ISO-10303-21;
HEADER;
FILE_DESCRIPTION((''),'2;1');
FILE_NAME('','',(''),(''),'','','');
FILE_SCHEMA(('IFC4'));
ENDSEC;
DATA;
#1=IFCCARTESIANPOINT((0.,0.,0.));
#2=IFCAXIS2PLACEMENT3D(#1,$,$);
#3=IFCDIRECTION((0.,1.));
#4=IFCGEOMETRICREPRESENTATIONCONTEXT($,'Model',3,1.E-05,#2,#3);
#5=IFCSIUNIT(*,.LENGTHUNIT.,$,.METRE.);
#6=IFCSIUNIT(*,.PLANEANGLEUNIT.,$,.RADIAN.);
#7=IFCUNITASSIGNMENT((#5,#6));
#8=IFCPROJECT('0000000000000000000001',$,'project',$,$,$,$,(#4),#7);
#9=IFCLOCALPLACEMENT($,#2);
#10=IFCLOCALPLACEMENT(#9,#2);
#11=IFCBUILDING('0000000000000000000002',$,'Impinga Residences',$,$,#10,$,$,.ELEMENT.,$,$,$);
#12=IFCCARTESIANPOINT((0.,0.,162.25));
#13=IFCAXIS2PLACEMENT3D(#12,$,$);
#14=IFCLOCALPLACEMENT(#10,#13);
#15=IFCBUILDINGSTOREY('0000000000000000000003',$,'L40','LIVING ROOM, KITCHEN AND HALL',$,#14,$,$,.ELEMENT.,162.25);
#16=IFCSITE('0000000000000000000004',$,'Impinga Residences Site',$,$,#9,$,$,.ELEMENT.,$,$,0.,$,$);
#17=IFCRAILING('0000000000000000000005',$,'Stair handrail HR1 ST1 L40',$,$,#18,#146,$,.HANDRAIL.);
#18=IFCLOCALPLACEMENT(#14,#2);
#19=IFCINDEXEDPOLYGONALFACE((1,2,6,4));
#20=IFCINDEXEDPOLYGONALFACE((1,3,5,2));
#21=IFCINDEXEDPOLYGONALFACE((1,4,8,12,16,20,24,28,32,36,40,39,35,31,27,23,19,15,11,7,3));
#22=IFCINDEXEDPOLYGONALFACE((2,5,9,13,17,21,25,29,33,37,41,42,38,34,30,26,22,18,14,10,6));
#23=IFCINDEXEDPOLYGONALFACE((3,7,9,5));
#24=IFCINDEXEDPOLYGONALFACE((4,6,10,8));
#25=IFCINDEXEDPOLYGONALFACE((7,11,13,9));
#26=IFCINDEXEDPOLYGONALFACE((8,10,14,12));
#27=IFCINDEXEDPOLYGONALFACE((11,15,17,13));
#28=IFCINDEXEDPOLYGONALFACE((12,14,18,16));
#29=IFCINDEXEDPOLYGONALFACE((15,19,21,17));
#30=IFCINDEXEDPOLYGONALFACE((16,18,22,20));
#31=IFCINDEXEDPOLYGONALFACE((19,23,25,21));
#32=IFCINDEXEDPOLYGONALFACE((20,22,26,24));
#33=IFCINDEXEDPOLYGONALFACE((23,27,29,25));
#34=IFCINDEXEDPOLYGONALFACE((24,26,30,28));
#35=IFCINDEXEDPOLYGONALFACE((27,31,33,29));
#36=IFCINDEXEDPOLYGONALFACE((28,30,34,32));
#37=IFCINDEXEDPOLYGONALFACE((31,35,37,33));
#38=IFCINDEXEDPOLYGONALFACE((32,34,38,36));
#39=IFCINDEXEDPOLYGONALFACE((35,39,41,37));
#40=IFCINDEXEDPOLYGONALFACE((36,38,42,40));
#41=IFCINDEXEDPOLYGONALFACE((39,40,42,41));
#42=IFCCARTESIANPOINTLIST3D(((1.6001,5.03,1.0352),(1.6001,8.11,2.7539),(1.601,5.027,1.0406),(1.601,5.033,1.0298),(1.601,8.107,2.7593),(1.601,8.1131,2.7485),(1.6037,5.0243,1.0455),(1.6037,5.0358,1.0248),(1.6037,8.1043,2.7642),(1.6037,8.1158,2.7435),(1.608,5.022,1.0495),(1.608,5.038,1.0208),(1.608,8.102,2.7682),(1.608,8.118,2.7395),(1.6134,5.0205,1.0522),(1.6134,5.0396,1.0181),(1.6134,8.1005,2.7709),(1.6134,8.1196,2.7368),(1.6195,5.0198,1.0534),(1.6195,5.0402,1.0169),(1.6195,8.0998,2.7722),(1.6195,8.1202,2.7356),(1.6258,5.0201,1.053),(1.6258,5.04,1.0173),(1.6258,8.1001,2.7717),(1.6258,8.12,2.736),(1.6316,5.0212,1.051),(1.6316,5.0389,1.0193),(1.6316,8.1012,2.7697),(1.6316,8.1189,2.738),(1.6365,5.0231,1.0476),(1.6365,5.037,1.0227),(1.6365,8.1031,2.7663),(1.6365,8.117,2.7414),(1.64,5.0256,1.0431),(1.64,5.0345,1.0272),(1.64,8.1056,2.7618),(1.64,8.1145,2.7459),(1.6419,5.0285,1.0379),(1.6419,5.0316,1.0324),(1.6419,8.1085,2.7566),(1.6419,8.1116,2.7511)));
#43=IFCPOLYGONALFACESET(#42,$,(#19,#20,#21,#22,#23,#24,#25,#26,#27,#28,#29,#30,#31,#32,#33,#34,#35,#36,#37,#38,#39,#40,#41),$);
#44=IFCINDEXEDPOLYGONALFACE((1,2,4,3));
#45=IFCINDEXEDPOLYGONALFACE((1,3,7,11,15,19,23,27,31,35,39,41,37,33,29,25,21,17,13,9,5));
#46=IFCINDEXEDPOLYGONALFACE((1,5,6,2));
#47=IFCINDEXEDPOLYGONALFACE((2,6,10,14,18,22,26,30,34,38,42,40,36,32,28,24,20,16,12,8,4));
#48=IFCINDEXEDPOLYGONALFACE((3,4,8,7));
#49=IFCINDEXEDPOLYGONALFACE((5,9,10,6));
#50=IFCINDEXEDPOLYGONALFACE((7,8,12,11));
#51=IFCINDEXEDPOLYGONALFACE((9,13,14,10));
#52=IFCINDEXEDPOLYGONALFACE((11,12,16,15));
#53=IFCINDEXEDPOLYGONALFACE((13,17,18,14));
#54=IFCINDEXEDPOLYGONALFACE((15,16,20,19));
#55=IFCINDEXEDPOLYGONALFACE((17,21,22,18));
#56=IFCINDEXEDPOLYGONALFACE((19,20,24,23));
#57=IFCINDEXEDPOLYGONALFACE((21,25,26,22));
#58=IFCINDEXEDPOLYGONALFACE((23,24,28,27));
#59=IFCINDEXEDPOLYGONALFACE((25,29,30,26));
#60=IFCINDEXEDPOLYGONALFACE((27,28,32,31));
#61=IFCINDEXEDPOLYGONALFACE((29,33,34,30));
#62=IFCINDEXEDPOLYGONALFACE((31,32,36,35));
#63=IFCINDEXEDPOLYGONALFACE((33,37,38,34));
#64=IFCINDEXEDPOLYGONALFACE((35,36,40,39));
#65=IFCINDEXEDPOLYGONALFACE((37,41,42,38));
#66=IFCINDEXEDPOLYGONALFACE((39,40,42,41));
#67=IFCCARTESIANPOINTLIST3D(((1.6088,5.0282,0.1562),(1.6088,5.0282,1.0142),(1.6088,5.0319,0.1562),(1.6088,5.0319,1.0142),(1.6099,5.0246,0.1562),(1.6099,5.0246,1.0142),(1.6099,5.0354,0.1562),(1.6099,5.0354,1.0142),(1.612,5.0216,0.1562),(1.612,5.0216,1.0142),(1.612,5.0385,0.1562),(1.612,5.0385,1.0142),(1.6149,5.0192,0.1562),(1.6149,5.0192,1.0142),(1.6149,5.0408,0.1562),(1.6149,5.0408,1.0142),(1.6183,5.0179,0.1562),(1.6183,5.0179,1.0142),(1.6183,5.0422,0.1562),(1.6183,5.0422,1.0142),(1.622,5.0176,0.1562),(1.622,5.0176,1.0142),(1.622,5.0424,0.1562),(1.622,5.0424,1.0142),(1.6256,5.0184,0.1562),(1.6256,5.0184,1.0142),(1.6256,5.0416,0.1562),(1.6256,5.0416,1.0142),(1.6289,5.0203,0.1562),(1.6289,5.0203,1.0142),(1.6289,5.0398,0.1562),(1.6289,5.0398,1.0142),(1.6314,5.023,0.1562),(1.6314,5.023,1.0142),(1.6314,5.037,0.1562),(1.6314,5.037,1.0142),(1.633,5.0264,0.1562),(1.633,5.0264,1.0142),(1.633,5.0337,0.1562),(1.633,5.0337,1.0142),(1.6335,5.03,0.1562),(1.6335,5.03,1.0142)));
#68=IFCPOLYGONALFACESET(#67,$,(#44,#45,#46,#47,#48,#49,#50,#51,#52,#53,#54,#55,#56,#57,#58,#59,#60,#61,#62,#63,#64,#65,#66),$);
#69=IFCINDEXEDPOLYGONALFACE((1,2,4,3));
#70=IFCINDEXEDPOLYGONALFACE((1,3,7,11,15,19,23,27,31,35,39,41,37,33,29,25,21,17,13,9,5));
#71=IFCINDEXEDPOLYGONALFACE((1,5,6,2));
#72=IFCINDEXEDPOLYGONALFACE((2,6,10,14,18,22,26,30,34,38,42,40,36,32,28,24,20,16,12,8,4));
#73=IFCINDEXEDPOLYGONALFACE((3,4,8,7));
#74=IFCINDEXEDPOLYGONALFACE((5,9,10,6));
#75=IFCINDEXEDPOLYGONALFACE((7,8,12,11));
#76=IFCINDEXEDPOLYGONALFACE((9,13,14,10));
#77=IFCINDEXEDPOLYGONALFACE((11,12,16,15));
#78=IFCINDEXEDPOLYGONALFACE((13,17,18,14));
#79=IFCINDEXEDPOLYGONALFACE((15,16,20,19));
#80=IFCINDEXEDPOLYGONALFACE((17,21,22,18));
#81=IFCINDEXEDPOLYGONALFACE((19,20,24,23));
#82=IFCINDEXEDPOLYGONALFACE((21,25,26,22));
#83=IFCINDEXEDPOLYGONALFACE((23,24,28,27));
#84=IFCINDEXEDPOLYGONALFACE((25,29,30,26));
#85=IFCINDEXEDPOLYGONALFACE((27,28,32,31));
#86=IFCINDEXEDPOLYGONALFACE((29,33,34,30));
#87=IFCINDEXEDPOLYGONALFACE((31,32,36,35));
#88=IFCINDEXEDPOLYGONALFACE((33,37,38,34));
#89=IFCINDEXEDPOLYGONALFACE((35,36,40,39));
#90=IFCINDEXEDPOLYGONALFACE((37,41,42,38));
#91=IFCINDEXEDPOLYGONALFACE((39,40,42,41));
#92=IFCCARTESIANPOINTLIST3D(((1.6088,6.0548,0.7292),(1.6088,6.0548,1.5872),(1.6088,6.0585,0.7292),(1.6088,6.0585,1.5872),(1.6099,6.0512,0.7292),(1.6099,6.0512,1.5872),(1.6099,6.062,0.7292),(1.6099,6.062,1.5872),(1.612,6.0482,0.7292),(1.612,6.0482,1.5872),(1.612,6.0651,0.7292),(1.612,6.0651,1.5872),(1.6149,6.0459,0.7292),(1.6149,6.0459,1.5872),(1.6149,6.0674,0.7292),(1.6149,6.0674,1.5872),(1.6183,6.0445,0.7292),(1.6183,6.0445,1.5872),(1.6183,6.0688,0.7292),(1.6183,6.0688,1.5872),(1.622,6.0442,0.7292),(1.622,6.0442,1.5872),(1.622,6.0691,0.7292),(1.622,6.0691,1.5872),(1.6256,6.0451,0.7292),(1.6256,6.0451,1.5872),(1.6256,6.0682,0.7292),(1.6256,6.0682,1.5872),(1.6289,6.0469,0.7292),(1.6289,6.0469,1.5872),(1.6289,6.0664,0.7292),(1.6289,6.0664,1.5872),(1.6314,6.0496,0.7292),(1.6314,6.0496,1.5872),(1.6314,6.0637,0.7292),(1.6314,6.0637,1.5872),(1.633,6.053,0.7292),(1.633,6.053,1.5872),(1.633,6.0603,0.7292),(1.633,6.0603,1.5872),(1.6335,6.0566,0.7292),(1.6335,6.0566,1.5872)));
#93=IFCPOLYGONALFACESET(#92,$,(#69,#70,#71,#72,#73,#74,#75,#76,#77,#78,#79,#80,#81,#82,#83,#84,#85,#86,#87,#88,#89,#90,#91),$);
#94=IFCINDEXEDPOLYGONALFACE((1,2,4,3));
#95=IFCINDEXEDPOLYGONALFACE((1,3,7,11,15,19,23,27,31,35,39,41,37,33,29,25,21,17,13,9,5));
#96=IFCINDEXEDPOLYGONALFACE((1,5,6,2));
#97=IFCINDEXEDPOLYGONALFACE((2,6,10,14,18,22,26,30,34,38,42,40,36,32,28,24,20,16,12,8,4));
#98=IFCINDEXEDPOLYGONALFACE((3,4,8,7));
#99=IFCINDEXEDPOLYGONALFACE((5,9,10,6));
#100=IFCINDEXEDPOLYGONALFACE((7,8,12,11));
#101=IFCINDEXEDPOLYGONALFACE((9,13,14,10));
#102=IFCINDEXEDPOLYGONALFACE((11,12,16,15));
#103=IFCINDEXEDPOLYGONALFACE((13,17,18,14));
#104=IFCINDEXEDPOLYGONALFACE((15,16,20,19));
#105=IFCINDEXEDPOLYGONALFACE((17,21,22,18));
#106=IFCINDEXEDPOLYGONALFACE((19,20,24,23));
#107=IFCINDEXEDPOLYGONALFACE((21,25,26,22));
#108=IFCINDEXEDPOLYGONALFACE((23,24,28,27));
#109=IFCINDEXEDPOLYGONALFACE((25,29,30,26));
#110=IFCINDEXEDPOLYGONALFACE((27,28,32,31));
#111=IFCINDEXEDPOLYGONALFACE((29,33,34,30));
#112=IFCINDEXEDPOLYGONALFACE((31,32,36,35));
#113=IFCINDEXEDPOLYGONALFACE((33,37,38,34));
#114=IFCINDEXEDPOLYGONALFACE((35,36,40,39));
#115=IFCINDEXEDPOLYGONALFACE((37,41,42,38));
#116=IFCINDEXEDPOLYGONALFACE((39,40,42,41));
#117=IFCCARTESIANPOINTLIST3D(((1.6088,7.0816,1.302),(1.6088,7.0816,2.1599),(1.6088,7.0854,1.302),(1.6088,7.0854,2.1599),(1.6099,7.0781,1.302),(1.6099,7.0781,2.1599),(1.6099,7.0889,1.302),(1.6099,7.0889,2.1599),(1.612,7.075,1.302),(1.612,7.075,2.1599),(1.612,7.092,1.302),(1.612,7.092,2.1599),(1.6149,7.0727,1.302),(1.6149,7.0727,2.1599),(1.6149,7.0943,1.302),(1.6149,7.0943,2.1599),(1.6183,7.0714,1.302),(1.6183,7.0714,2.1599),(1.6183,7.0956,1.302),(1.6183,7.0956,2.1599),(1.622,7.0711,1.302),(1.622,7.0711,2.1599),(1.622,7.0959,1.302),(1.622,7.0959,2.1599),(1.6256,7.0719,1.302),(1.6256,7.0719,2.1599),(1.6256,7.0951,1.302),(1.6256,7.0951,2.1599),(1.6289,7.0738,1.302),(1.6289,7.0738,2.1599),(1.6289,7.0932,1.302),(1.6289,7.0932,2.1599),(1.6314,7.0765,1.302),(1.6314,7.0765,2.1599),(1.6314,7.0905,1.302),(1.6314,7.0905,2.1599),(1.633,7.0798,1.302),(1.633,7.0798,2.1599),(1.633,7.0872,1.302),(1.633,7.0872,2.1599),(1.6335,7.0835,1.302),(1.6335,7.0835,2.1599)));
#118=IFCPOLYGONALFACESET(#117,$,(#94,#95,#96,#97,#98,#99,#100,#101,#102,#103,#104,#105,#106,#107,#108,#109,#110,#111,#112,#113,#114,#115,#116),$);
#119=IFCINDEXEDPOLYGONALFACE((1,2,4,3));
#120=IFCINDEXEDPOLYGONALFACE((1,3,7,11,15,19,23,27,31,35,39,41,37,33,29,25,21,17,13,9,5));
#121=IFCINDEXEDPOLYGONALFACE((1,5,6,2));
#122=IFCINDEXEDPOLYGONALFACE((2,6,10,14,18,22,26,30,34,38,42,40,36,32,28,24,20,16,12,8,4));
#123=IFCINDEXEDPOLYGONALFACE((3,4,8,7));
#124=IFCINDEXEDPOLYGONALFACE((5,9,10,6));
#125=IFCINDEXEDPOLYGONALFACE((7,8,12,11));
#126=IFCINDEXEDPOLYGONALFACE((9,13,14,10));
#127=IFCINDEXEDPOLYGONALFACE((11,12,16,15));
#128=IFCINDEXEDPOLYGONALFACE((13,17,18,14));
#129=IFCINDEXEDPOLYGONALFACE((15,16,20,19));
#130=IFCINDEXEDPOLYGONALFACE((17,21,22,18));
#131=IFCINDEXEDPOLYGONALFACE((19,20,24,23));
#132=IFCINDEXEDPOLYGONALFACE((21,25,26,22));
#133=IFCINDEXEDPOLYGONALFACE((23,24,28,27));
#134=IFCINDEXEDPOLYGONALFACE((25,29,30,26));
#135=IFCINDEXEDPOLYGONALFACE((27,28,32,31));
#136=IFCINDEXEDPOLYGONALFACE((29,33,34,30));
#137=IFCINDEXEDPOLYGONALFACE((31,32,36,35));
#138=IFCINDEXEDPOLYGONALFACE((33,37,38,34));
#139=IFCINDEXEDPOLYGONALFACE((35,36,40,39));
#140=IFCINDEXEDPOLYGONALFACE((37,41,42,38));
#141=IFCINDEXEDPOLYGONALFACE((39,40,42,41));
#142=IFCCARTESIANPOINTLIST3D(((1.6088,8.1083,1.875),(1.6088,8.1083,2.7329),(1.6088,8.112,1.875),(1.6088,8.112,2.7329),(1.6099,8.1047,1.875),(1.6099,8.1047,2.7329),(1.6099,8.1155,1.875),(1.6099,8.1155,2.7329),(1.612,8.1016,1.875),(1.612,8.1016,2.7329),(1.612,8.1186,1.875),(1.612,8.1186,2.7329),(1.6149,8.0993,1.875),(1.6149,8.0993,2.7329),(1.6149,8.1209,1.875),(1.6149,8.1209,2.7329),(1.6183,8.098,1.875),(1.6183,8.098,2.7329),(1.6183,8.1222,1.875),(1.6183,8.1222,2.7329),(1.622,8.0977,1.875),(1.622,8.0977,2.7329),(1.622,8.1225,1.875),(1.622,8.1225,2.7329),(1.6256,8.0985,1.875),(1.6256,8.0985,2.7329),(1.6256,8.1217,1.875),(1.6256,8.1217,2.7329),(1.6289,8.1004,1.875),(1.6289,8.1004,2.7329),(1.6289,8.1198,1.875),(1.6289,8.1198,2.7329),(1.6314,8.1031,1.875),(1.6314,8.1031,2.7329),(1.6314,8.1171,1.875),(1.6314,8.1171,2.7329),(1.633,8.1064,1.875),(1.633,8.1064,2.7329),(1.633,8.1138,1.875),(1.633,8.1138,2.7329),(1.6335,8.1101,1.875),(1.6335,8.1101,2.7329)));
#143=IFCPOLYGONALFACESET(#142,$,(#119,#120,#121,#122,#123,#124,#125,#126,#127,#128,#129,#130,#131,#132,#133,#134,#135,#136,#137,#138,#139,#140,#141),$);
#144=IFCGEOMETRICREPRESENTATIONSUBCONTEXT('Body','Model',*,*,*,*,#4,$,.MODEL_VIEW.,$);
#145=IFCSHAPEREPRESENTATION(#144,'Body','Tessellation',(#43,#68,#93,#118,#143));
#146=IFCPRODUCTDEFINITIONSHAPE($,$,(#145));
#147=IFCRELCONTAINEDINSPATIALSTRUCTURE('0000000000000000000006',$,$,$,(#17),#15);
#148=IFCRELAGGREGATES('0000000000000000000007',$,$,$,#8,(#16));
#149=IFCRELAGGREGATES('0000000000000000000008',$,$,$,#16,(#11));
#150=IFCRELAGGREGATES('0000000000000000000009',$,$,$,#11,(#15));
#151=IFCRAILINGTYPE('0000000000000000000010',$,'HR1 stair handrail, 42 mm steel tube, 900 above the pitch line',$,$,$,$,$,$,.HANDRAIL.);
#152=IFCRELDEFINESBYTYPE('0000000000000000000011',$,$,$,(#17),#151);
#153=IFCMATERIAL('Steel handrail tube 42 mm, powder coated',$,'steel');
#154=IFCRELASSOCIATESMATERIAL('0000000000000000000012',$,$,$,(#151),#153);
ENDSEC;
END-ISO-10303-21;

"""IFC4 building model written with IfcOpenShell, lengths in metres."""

from ifc_helpers import new_model, si_unit, direction, frame, origin, origin_2d, place, context, subcontext, project, spatial, circle, extrude, material, type_object, element, save


model = new_model("IFC4")

# Units and contexts
model_context = context("Model", 3, precision=1e-05, world=origin(), true_north=direction((0.0, 1.0)))
body_context = subcontext(model_context, "Body", "Model", "MODEL_VIEW")
ifc_project = project(units=[si_unit("LENGTHUNIT", "METRE"), si_unit("PLANEANGLEUNIT", "RADIAN")], contexts=[model_context])

# Site, building, storey
site_placement = place(None, origin())
site = spatial("IfcSite", under=ifc_project, at=site_placement, Name="Impinga Residences Site", CompositionType="ELEMENT", RefElevation=0.0)
building_placement = place(site_placement, origin())
building = spatial("IfcBuilding", under=site, at=building_placement, Name="Impinga Residences", CompositionType="ELEMENT")
storey_placement = place(building_placement, frame((0.0, 0.0, 162.25)))
storey = spatial("IfcBuildingStorey", under=building, at=storey_placement, Name="L40", Description="LIVING ROOM, KITCHEN AND HALL", CompositionType="ELEMENT", Elevation=162.25)

# Railing
ifc_material_1 = material(Name="Steel handrail tube 42 mm, powder coated", Category="steel")
railing_type_1 = type_object("IfcRailingType", Name="HR1 stair handrail, 42 mm steel tube, 900 above the pitch line", PredefinedType="HANDRAIL", material=ifc_material_1)
railing_1_placement = place(storey_placement, frame((1.6211, 5.03, 0.1562)))
element("IfcRailing", 1, at=railing_1_placement, inside=storey, type_object=railing_type_1, Name="Stair handrail HR1 ST1 L40", PredefinedType="HANDRAIL", context=body_context, shape_type="SweptSolid", body=[
    extrude(circle(Radius=0.021, at=origin_2d()), frame((0.0, 0.0, 0.8789), z_axis=(0.0, 0.873242, 0.487288), x_axis=(-1.0, 0.0, 0.0)), (0.0, 0.0, 1.0), 3.5271),
    extrude(circle(Radius=0.0125, at=origin_2d()), origin(), (0.0, 0.0, 1.0), 0.8579),
    extrude(circle(Radius=0.0125, at=origin_2d()), frame((0.0, 1.0266, 0.573)), (0.0, 0.0, 1.0), 0.8579),
    extrude(circle(Radius=0.0125, at=origin_2d()), frame((0.0, 2.0535, 1.1458)), (0.0, 0.0, 1.0), 0.8579),
    extrude(circle(Radius=0.0125, at=origin_2d()), frame((0.0, 3.0801, 1.7188)), (0.0, 0.0, 1.0), 0.8579),
])

save(model, "model.ifc")
